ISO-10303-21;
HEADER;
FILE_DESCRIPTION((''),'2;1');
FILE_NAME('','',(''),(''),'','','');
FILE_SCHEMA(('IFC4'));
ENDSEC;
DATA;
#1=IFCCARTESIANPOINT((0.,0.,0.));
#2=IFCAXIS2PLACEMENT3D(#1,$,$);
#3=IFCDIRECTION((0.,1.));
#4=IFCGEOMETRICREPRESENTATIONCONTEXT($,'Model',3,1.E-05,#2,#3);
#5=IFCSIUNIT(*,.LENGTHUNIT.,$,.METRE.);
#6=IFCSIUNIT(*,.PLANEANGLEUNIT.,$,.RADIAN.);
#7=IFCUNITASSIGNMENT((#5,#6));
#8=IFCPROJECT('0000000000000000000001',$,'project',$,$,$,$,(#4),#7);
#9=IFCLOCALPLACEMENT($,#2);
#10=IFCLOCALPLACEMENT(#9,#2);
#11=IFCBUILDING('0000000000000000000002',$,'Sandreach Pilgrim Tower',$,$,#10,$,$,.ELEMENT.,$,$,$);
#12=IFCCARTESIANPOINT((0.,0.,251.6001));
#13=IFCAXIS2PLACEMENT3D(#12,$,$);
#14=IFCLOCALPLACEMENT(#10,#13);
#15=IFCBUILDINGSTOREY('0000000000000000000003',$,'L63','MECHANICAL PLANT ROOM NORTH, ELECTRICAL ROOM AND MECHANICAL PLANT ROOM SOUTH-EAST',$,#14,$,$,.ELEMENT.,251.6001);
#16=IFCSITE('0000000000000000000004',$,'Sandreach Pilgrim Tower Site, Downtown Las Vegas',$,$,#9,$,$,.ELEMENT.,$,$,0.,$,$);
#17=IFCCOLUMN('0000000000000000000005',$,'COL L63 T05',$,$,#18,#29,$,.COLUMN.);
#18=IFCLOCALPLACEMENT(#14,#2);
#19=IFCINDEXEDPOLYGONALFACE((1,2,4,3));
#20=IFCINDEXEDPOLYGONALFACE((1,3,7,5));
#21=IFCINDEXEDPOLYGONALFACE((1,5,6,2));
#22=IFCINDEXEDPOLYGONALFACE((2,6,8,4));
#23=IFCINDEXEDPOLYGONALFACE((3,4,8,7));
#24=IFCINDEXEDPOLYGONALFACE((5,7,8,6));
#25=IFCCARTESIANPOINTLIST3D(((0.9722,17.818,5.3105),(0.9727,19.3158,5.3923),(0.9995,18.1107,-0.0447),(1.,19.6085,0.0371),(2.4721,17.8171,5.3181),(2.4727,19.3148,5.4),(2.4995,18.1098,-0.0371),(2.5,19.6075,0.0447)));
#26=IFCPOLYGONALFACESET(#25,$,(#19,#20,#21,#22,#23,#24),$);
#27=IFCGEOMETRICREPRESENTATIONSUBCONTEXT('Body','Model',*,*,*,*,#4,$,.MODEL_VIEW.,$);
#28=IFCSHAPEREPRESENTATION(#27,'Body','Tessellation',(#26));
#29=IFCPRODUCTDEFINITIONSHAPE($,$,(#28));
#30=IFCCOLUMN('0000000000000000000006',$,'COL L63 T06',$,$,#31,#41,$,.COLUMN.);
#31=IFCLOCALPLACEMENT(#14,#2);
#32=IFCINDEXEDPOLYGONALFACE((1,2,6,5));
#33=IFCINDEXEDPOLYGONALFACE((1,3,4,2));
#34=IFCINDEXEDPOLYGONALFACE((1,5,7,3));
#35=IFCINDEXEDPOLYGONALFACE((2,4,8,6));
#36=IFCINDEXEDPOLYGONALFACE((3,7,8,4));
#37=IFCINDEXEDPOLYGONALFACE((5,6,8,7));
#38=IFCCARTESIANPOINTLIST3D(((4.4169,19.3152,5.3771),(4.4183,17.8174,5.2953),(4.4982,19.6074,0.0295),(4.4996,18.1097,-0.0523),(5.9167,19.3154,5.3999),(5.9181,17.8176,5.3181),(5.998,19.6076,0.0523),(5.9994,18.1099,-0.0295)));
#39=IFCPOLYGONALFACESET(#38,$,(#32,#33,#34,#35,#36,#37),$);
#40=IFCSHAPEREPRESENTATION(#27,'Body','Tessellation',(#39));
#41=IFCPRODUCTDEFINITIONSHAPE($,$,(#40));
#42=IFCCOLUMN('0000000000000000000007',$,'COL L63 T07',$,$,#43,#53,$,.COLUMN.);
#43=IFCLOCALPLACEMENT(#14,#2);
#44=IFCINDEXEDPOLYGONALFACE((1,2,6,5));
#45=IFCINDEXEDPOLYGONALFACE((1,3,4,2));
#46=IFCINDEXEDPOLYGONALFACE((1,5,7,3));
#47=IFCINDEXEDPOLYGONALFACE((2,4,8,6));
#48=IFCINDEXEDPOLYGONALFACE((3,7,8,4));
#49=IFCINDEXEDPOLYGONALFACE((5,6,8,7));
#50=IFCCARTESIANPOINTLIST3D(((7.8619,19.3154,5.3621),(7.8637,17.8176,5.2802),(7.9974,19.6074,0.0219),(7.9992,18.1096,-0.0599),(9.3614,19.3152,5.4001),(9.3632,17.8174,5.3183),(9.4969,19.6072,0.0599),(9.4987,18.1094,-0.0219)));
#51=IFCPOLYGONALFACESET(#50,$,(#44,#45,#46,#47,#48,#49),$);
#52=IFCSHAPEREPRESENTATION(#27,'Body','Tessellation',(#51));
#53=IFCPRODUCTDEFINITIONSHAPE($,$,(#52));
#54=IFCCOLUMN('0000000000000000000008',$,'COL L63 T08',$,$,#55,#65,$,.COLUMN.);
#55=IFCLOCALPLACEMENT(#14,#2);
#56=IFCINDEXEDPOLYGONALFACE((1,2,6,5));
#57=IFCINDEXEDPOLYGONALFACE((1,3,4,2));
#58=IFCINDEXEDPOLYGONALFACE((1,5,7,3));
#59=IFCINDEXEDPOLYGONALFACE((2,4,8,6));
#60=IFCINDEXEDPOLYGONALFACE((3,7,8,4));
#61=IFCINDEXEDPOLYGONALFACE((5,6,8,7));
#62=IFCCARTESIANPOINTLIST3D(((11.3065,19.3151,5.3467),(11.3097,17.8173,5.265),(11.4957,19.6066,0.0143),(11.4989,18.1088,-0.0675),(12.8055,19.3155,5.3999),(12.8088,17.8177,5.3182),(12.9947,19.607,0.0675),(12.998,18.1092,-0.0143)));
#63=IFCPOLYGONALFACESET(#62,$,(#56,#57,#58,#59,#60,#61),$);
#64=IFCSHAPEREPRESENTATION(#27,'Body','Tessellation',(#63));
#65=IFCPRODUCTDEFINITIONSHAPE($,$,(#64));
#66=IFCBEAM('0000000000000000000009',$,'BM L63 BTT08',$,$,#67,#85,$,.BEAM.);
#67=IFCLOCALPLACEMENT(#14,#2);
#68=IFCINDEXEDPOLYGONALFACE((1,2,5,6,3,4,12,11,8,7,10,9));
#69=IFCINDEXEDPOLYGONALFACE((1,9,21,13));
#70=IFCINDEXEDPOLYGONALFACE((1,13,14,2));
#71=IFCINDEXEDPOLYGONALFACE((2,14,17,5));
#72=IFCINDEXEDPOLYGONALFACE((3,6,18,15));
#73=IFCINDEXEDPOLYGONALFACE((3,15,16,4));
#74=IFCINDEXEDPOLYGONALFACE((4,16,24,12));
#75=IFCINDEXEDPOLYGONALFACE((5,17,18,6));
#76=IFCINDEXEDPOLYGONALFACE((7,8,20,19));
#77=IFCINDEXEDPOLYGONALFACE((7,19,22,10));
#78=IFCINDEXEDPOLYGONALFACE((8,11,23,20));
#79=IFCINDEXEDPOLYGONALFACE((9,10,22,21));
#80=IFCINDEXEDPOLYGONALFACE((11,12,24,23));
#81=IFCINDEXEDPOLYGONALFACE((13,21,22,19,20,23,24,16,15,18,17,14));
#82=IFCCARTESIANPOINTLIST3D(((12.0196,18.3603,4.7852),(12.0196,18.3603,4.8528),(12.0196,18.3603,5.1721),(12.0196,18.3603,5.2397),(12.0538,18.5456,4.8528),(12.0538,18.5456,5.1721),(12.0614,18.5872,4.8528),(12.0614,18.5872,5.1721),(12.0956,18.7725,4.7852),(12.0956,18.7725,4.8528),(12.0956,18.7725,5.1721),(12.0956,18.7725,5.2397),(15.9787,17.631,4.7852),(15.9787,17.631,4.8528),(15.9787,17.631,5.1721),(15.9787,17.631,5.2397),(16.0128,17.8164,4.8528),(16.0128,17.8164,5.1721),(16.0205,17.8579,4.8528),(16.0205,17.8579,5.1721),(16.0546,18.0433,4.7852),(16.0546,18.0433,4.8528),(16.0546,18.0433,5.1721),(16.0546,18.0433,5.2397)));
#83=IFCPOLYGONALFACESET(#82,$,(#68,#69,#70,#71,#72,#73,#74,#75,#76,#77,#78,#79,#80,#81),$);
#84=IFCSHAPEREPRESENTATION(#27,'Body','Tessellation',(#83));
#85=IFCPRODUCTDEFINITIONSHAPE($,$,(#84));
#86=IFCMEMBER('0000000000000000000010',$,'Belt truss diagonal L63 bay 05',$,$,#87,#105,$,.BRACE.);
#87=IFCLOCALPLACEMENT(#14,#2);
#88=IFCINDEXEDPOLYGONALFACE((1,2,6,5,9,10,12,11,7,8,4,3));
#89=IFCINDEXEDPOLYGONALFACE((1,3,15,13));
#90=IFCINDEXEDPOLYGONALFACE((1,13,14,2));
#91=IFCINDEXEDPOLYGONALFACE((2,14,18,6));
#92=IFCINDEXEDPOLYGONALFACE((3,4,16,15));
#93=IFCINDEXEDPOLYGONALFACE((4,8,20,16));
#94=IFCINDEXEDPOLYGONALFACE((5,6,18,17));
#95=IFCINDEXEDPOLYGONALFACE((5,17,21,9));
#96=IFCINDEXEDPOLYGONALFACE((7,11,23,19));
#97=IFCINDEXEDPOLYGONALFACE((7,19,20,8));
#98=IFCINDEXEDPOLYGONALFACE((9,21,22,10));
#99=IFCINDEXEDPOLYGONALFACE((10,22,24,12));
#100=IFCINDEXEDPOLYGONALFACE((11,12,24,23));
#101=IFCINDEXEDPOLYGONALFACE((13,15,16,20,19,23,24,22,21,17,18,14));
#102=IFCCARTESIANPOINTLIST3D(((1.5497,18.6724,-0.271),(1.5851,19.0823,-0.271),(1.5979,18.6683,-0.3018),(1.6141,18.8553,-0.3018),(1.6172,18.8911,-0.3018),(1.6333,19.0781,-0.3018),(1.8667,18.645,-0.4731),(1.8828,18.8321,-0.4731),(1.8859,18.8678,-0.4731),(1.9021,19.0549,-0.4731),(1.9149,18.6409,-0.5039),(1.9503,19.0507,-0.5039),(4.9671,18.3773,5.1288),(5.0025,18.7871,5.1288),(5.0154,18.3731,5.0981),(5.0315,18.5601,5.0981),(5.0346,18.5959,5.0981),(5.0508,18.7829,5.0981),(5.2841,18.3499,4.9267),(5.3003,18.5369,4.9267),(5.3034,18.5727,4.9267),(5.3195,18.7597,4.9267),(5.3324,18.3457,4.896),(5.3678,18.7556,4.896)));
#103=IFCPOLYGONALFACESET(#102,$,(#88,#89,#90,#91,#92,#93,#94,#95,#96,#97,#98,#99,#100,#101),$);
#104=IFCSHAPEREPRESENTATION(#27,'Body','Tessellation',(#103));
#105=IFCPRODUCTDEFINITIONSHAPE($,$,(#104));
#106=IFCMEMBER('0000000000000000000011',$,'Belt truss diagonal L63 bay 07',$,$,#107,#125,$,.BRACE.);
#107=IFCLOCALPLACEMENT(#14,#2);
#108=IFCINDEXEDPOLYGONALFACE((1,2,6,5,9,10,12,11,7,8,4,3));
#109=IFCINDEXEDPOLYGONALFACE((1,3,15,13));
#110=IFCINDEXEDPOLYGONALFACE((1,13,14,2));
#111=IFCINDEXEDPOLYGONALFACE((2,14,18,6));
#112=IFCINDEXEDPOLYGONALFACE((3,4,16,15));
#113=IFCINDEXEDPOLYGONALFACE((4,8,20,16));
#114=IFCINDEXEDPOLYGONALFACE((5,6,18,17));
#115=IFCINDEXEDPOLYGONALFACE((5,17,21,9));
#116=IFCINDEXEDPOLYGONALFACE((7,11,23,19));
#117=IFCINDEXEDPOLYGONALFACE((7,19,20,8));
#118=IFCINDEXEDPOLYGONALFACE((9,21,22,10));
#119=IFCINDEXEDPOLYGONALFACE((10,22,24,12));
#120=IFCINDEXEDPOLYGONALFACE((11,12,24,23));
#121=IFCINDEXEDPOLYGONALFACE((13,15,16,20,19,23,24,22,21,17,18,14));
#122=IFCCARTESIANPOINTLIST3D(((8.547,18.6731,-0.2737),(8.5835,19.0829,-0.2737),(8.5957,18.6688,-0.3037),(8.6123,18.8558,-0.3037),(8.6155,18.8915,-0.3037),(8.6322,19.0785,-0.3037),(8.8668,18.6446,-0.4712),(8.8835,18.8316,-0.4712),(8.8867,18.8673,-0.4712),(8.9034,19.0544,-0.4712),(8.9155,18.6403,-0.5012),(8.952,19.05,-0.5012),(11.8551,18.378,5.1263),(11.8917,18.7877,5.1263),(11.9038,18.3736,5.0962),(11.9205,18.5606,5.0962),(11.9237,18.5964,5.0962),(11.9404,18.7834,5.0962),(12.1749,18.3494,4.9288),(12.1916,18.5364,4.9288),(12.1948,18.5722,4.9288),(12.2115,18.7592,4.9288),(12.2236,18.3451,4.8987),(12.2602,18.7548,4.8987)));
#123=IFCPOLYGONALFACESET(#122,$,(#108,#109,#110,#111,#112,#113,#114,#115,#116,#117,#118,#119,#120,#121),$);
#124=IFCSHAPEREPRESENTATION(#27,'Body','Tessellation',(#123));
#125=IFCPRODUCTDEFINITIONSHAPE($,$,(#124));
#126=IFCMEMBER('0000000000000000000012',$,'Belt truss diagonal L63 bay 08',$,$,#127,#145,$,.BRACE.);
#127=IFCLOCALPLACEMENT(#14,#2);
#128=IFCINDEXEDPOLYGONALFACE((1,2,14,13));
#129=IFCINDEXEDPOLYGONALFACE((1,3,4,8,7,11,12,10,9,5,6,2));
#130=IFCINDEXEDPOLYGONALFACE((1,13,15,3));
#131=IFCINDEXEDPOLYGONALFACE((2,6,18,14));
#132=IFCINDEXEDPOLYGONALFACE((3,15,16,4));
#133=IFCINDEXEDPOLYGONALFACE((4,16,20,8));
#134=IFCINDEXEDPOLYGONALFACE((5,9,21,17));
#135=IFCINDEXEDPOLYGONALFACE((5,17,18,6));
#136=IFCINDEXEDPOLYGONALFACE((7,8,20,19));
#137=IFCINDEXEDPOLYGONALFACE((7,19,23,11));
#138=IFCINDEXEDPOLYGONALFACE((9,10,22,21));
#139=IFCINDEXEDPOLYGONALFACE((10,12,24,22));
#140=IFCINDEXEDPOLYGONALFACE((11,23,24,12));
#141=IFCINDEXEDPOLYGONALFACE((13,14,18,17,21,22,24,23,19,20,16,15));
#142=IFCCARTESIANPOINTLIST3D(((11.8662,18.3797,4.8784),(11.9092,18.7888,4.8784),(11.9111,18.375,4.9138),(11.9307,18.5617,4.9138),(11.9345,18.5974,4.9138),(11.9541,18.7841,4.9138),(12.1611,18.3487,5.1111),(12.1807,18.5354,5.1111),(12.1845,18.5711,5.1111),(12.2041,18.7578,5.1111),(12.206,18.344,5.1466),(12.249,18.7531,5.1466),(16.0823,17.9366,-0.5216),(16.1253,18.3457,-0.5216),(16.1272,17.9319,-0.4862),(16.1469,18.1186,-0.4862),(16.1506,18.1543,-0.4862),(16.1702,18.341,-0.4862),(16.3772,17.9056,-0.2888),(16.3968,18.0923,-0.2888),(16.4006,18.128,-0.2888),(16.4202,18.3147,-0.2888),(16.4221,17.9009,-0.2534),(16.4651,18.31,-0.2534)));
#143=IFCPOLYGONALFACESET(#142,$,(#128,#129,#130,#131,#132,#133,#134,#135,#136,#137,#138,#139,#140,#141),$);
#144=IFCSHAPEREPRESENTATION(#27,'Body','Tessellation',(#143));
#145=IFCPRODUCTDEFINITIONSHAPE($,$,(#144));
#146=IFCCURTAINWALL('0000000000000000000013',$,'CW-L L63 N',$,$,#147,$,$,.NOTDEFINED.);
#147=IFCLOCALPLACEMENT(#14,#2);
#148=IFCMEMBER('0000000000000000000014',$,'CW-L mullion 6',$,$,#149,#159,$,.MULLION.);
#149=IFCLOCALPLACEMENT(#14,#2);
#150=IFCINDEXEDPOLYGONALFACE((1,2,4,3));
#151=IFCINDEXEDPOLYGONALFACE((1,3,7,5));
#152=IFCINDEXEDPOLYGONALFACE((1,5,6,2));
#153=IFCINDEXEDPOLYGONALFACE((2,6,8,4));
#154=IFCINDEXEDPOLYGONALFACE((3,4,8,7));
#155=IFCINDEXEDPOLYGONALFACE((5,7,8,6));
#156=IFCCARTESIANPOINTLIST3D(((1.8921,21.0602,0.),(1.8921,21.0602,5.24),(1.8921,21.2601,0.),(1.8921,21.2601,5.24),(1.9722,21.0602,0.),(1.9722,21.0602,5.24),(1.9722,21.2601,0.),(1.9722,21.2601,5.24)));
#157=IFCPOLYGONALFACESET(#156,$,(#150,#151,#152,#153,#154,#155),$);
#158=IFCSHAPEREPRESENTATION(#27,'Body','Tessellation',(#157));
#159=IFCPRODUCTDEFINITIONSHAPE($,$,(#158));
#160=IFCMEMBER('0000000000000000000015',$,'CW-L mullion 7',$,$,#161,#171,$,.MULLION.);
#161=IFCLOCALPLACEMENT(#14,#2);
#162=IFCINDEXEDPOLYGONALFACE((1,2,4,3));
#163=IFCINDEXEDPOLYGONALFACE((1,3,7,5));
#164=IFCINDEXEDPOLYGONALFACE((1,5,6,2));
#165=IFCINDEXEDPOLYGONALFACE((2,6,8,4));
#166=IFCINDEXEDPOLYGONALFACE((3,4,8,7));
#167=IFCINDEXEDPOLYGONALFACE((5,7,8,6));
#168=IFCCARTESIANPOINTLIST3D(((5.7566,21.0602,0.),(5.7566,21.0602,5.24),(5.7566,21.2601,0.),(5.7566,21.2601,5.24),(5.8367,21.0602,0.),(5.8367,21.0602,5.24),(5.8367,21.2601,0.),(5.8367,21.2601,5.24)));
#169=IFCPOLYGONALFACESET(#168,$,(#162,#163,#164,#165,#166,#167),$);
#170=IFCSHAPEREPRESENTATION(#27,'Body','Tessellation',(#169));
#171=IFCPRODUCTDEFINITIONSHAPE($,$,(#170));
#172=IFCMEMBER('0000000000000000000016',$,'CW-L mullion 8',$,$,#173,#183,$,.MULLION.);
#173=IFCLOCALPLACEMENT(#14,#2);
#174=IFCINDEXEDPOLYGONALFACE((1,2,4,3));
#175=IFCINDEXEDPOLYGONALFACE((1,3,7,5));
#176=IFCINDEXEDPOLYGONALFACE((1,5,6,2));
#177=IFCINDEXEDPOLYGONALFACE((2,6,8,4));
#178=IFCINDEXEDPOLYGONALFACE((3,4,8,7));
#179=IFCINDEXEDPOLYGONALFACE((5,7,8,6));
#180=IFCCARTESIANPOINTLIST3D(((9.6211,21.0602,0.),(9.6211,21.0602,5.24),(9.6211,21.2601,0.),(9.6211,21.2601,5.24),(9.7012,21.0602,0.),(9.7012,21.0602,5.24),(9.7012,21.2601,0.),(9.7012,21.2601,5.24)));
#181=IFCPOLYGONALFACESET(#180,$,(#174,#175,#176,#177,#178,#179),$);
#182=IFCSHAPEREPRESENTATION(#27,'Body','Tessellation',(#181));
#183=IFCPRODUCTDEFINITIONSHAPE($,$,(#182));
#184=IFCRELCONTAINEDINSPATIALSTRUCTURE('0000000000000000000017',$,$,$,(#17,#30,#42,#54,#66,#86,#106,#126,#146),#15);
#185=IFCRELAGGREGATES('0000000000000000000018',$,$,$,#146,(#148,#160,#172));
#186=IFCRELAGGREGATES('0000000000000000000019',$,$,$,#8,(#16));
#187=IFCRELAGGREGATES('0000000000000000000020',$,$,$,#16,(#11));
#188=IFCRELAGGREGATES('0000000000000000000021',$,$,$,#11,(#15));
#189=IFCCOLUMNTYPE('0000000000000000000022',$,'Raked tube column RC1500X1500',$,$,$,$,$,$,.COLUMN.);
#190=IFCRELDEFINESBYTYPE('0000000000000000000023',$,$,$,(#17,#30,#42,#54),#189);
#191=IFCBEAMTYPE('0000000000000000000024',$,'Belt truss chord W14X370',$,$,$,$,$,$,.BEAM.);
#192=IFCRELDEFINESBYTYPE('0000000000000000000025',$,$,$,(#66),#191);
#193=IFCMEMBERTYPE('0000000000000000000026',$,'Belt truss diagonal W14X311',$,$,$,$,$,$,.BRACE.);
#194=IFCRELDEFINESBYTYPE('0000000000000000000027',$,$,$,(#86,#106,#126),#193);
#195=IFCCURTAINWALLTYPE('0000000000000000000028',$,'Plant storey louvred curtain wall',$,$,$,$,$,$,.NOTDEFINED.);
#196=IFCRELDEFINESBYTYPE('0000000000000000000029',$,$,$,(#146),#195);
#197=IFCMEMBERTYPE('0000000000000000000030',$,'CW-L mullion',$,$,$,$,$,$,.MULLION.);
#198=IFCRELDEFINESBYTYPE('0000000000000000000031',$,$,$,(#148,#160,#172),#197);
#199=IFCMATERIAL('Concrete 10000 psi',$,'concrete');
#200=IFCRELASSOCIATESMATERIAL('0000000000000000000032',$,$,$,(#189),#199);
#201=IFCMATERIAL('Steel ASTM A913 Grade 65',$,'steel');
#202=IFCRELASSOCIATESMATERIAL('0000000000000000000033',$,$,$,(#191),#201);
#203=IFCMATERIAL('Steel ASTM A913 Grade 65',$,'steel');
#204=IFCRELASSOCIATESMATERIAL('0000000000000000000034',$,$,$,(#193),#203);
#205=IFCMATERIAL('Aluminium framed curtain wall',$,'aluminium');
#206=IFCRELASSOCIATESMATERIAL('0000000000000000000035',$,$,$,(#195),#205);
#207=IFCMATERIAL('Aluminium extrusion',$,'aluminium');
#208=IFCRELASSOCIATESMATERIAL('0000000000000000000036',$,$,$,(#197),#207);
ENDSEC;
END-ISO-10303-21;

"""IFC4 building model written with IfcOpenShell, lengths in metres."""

from ifc_helpers import new_model, si_unit, direction, frame, origin, origin_2d, place, context, subcontext, project, spatial, rectangle, i_section, extrude, material, material_profile, profile_set, type_object, element, aggregate, save


model = new_model("IFC4")

# Units and contexts
model_context = context("Model", 3, precision=1e-05, world=origin(), true_north=direction((0.0, 1.0)))
body_context = subcontext(model_context, "Body", "Model", "MODEL_VIEW")
ifc_project = project(units=[si_unit("LENGTHUNIT", "METRE"), si_unit("PLANEANGLEUNIT", "RADIAN")], contexts=[model_context])

# Site, building, storey
site_placement = place(None, origin())
site = spatial("IfcSite", under=ifc_project, at=site_placement, Name="Sandreach Pilgrim Tower Site, Downtown Las Vegas", CompositionType="ELEMENT", RefElevation=0.0)
building_placement = place(site_placement, origin())
building = spatial("IfcBuilding", under=site, at=building_placement, Name="Sandreach Pilgrim Tower", CompositionType="ELEMENT")
storey_placement = place(building_placement, frame((0.0, 0.0, 251.6001)))
storey = spatial("IfcBuildingStorey", under=building, at=storey_placement, Name="L63", Description="MECHANICAL PLANT ROOM NORTH, ELECTRICAL ROOM AND MECHANICAL PLANT ROOM SOUTH-EAST", CompositionType="ELEMENT", Elevation=251.6001)

# Columns
ifc_material_1 = material(Name="Concrete 10000 psi", Category="concrete")
ifc_material_profile_1 = material_profile(ifc_material_1, rectangle(XDim=1.5, YDim=1.5, at=origin_2d()), Name="RC1500X1500")
ifc_profile_set_1 = profile_set([ifc_material_profile_1], Name="Concrete 10000 psi")
column_type = type_object("IfcColumnType", Name="Raked tube column RC1500X1500", PredefinedType="COLUMN", material=ifc_profile_set_1)
column_1_placement = place(storey_placement, frame((1.7498, 18.8591, 0.0), z_axis=(-0.005098, -0.054579, 0.998496), x_axis=(0.000352, 0.998509, 0.054582)))
element("IfcColumn", 1, at=column_1_placement, inside=storey, type_object=column_type, Name="COL L63 T05", PredefinedType="COLUMN", context=body_context, shape_type="SweptSolid", body=[
    extrude(rectangle(XDim=1.5, YDim=1.5, at=origin_2d()), origin(), (0.0, 0.0, 1.0), 5.3633),
])
column_2_placement = place(storey_placement, frame((5.2488, 18.8586, 0.0), z_axis=(-0.015178, -0.05456, 0.998395), x_axis=(-0.000952, 0.99851, 0.054552)))
element("IfcColumn", 2, at=column_2_placement, inside=storey, type_object=column_type, Name="COL L63 T06", PredefinedType="COLUMN", context=body_context, shape_type="SweptSolid", body=[
    extrude(rectangle(XDim=1.5, YDim=1.5, at=origin_2d()), origin(), (0.0, 0.0, 1.0), 5.3562),
])
column_3_placement = place(storey_placement, frame((8.748, 18.8584, 0.0), z_axis=(-0.025328, -0.05458, 0.998188), x_axis=(-0.001245, 0.998509, 0.054566)))
element("IfcColumn", 3, at=column_3_placement, inside=storey, type_object=column_type, Name="COL L63 T07", PredefinedType="COLUMN", context=body_context, shape_type="SweptSolid", body=[
    extrude(rectangle(XDim=1.5, YDim=1.5, at=origin_2d()), origin(), (0.0, 0.0, 1.0), 5.3499),
])
column_4_placement = place(storey_placement, frame((12.2468, 18.8579, 0.0), z_axis=(-0.035407, -0.05455, 0.997883), x_axis=(-0.002181, 0.998511, 0.054507)))
element("IfcColumn", 4, at=column_4_placement, inside=storey, type_object=column_type, Name="COL L63 T08", PredefinedType="COLUMN", context=body_context, shape_type="SweptSolid", body=[
    extrude(rectangle(XDim=1.5, YDim=1.5, at=origin_2d()), origin(), (0.0, 0.0, 1.0), 5.3438),
])

# Beam
ifc_material_2 = material(Name="Steel ASTM A913 Grade 65", Category="steel")
ifc_material_profile_2 = material_profile(ifc_material_2, i_section(OverallWidth=0.4192, OverallDepth=0.4546, WebThickness=0.0422, FlangeThickness=0.0676, at=origin_2d()), Name="W14X370")
ifc_profile_set_2 = profile_set([ifc_material_profile_2], Name="Steel ASTM A913 Grade 65")
beam_type_1 = type_object("IfcBeamType", Name="Belt truss chord W14X370", PredefinedType="BEAM", material=ifc_profile_set_2)
beam_1_placement = place(storey_placement, frame((12.0576, 18.5664, 5.0125), z_axis=(0.983455, -0.181153, 0.0), x_axis=(0.181153, 0.983455, 0.0)))
element("IfcBeam", 5, at=beam_1_placement, inside=storey, type_object=beam_type_1, Name="BM L63 BTT08", PredefinedType="BEAM", context=body_context, shape_type="SweptSolid", body=[
    extrude(i_section(OverallWidth=0.4192, OverallDepth=0.4546, WebThickness=0.0422, FlangeThickness=0.0676, at=origin_2d()), origin(), (0.0, 0.0, 1.0), 4.0256),
])

# Members
ifc_material_3 = material(Name="Steel ASTM A913 Grade 65", Category="steel")
ifc_material_profile_3 = material_profile(ifc_material_3, i_section(OverallWidth=0.4114, OverallDepth=0.4343, WebThickness=0.0359, FlangeThickness=0.0574, at=origin_2d()), Name="W14X311")
ifc_profile_set_3 = profile_set([ifc_material_profile_3], Name="Steel ASTM A913 Grade 65")
member_type_1 = type_object("IfcMemberType", Name="Belt truss diagonal W14X311", PredefinedType="BRACE", material=ifc_profile_set_3)
member_1_placement = place(storey_placement, frame((1.75, 18.8616, -0.3875), z_axis=(0.534208, -0.046139, 0.844093), x_axis=(0.086049, 0.996291, 0.0)))
element("IfcMember", 6, at=member_1_placement, inside=storey, type_object=member_type_1, Name="Belt truss diagonal L63 bay 05", PredefinedType="BRACE", context=body_context, shape_type="SweptSolid", body=[
    extrude(i_section(OverallWidth=0.4114, OverallDepth=0.4343, WebThickness=0.0359, FlangeThickness=0.0574, at=origin_2d()), origin(), (0.0, 0.0, 1.0), 6.3972),
])
member_2_placement = place(storey_placement, frame((8.7495, 18.8616, -0.3875), z_axis=(0.521822, -0.04656, 0.851783), x_axis=(0.088872, 0.996043, 0.0)))
element("IfcMember", 7, at=member_2_placement, inside=storey, type_object=member_type_1, Name="Belt truss diagonal L63 bay 07", PredefinedType="BRACE", context=body_context, shape_type="SweptSolid", body=[
    extrude(i_section(OverallWidth=0.4114, OverallDepth=0.4343, WebThickness=0.0359, FlangeThickness=0.0574, at=origin_2d()), origin(), (0.0, 0.0, 1.0), 6.3396),
])
member_3_placement = place(storey_placement, frame((12.0576, 18.5664, 5.0125), z_axis=(0.614124, -0.064545, -0.786566), x_axis=(0.104526, 0.994522, 0.0)))
element("IfcMember", 8, at=member_3_placement, inside=storey, type_object=member_type_1, Name="Belt truss diagonal L63 bay 08", PredefinedType="BRACE", context=body_context, shape_type="SweptSolid", body=[
    extrude(i_section(OverallWidth=0.4114, OverallDepth=0.4343, WebThickness=0.0359, FlangeThickness=0.0574, at=origin_2d()), origin(), (0.0, 0.0, 1.0), 6.8652),
])

# Curtain wall, members
ifc_material_4 = material(Name="Aluminium framed curtain wall", Category="aluminium")
curtain_wall_type = type_object("IfcCurtainWallType", Name="Plant storey louvred curtain wall", PredefinedType="NOTDEFINED", material=ifc_material_4)
curtain_wall_placement = place(storey_placement, origin())
curtain_wall = element("IfcCurtainWall", 9, at=curtain_wall_placement, inside=storey, type_object=curtain_wall_type, Name="CW-L L63 N", PredefinedType="NOTDEFINED")
ifc_material_5 = material(Name="Aluminium extrusion", Category="aluminium")
ifc_material_profile_4 = material_profile(ifc_material_5, rectangle(XDim=0.0801, YDim=0.2, at=origin_2d()), Name="CW-LM 80X200")
ifc_profile_set_4 = profile_set([ifc_material_profile_4], Name="Aluminium extrusion")
member_type_2 = type_object("IfcMemberType", Name="CW-L mullion", PredefinedType="MULLION", material=ifc_profile_set_4)
member_4_placement = place(storey_placement, frame((1.9321, 21.1602, 0.0), z_axis=(0.0, 0.0, 1.0), x_axis=(1.0, 0.0, 0.0)))
member_4 = element("IfcMember", 10, at=member_4_placement, type_object=member_type_2, Name="CW-L mullion 6", PredefinedType="MULLION", context=body_context, shape_type="SweptSolid", body=[
    extrude(rectangle(XDim=0.0801, YDim=0.2, at=origin_2d()), origin(), (0.0, 0.0, 1.0), 5.24),
])
member_5_placement = place(storey_placement, frame((5.7966, 21.1602, 0.0), z_axis=(0.0, 0.0, 1.0), x_axis=(1.0, 0.0, 0.0)))
member_5 = element("IfcMember", 11, at=member_5_placement, type_object=member_type_2, Name="CW-L mullion 7", PredefinedType="MULLION", context=body_context, shape_type="SweptSolid", body=[
    extrude(rectangle(XDim=0.0801, YDim=0.2, at=origin_2d()), origin(), (0.0, 0.0, 1.0), 5.24),
])
member_6_placement = place(storey_placement, frame((9.6611, 21.1602, 0.0), z_axis=(0.0, 0.0, 1.0), x_axis=(1.0, 0.0, 0.0)))
member_6 = element("IfcMember", 12, at=member_6_placement, type_object=member_type_2, Name="CW-L mullion 8", PredefinedType="MULLION", context=body_context, shape_type="SweptSolid", body=[
    extrude(rectangle(XDim=0.0801, YDim=0.2, at=origin_2d()), origin(), (0.0, 0.0, 1.0), 5.24),
])

aggregate(curtain_wall, [member_4, member_5, member_6])

save(model, "model.ifc")
